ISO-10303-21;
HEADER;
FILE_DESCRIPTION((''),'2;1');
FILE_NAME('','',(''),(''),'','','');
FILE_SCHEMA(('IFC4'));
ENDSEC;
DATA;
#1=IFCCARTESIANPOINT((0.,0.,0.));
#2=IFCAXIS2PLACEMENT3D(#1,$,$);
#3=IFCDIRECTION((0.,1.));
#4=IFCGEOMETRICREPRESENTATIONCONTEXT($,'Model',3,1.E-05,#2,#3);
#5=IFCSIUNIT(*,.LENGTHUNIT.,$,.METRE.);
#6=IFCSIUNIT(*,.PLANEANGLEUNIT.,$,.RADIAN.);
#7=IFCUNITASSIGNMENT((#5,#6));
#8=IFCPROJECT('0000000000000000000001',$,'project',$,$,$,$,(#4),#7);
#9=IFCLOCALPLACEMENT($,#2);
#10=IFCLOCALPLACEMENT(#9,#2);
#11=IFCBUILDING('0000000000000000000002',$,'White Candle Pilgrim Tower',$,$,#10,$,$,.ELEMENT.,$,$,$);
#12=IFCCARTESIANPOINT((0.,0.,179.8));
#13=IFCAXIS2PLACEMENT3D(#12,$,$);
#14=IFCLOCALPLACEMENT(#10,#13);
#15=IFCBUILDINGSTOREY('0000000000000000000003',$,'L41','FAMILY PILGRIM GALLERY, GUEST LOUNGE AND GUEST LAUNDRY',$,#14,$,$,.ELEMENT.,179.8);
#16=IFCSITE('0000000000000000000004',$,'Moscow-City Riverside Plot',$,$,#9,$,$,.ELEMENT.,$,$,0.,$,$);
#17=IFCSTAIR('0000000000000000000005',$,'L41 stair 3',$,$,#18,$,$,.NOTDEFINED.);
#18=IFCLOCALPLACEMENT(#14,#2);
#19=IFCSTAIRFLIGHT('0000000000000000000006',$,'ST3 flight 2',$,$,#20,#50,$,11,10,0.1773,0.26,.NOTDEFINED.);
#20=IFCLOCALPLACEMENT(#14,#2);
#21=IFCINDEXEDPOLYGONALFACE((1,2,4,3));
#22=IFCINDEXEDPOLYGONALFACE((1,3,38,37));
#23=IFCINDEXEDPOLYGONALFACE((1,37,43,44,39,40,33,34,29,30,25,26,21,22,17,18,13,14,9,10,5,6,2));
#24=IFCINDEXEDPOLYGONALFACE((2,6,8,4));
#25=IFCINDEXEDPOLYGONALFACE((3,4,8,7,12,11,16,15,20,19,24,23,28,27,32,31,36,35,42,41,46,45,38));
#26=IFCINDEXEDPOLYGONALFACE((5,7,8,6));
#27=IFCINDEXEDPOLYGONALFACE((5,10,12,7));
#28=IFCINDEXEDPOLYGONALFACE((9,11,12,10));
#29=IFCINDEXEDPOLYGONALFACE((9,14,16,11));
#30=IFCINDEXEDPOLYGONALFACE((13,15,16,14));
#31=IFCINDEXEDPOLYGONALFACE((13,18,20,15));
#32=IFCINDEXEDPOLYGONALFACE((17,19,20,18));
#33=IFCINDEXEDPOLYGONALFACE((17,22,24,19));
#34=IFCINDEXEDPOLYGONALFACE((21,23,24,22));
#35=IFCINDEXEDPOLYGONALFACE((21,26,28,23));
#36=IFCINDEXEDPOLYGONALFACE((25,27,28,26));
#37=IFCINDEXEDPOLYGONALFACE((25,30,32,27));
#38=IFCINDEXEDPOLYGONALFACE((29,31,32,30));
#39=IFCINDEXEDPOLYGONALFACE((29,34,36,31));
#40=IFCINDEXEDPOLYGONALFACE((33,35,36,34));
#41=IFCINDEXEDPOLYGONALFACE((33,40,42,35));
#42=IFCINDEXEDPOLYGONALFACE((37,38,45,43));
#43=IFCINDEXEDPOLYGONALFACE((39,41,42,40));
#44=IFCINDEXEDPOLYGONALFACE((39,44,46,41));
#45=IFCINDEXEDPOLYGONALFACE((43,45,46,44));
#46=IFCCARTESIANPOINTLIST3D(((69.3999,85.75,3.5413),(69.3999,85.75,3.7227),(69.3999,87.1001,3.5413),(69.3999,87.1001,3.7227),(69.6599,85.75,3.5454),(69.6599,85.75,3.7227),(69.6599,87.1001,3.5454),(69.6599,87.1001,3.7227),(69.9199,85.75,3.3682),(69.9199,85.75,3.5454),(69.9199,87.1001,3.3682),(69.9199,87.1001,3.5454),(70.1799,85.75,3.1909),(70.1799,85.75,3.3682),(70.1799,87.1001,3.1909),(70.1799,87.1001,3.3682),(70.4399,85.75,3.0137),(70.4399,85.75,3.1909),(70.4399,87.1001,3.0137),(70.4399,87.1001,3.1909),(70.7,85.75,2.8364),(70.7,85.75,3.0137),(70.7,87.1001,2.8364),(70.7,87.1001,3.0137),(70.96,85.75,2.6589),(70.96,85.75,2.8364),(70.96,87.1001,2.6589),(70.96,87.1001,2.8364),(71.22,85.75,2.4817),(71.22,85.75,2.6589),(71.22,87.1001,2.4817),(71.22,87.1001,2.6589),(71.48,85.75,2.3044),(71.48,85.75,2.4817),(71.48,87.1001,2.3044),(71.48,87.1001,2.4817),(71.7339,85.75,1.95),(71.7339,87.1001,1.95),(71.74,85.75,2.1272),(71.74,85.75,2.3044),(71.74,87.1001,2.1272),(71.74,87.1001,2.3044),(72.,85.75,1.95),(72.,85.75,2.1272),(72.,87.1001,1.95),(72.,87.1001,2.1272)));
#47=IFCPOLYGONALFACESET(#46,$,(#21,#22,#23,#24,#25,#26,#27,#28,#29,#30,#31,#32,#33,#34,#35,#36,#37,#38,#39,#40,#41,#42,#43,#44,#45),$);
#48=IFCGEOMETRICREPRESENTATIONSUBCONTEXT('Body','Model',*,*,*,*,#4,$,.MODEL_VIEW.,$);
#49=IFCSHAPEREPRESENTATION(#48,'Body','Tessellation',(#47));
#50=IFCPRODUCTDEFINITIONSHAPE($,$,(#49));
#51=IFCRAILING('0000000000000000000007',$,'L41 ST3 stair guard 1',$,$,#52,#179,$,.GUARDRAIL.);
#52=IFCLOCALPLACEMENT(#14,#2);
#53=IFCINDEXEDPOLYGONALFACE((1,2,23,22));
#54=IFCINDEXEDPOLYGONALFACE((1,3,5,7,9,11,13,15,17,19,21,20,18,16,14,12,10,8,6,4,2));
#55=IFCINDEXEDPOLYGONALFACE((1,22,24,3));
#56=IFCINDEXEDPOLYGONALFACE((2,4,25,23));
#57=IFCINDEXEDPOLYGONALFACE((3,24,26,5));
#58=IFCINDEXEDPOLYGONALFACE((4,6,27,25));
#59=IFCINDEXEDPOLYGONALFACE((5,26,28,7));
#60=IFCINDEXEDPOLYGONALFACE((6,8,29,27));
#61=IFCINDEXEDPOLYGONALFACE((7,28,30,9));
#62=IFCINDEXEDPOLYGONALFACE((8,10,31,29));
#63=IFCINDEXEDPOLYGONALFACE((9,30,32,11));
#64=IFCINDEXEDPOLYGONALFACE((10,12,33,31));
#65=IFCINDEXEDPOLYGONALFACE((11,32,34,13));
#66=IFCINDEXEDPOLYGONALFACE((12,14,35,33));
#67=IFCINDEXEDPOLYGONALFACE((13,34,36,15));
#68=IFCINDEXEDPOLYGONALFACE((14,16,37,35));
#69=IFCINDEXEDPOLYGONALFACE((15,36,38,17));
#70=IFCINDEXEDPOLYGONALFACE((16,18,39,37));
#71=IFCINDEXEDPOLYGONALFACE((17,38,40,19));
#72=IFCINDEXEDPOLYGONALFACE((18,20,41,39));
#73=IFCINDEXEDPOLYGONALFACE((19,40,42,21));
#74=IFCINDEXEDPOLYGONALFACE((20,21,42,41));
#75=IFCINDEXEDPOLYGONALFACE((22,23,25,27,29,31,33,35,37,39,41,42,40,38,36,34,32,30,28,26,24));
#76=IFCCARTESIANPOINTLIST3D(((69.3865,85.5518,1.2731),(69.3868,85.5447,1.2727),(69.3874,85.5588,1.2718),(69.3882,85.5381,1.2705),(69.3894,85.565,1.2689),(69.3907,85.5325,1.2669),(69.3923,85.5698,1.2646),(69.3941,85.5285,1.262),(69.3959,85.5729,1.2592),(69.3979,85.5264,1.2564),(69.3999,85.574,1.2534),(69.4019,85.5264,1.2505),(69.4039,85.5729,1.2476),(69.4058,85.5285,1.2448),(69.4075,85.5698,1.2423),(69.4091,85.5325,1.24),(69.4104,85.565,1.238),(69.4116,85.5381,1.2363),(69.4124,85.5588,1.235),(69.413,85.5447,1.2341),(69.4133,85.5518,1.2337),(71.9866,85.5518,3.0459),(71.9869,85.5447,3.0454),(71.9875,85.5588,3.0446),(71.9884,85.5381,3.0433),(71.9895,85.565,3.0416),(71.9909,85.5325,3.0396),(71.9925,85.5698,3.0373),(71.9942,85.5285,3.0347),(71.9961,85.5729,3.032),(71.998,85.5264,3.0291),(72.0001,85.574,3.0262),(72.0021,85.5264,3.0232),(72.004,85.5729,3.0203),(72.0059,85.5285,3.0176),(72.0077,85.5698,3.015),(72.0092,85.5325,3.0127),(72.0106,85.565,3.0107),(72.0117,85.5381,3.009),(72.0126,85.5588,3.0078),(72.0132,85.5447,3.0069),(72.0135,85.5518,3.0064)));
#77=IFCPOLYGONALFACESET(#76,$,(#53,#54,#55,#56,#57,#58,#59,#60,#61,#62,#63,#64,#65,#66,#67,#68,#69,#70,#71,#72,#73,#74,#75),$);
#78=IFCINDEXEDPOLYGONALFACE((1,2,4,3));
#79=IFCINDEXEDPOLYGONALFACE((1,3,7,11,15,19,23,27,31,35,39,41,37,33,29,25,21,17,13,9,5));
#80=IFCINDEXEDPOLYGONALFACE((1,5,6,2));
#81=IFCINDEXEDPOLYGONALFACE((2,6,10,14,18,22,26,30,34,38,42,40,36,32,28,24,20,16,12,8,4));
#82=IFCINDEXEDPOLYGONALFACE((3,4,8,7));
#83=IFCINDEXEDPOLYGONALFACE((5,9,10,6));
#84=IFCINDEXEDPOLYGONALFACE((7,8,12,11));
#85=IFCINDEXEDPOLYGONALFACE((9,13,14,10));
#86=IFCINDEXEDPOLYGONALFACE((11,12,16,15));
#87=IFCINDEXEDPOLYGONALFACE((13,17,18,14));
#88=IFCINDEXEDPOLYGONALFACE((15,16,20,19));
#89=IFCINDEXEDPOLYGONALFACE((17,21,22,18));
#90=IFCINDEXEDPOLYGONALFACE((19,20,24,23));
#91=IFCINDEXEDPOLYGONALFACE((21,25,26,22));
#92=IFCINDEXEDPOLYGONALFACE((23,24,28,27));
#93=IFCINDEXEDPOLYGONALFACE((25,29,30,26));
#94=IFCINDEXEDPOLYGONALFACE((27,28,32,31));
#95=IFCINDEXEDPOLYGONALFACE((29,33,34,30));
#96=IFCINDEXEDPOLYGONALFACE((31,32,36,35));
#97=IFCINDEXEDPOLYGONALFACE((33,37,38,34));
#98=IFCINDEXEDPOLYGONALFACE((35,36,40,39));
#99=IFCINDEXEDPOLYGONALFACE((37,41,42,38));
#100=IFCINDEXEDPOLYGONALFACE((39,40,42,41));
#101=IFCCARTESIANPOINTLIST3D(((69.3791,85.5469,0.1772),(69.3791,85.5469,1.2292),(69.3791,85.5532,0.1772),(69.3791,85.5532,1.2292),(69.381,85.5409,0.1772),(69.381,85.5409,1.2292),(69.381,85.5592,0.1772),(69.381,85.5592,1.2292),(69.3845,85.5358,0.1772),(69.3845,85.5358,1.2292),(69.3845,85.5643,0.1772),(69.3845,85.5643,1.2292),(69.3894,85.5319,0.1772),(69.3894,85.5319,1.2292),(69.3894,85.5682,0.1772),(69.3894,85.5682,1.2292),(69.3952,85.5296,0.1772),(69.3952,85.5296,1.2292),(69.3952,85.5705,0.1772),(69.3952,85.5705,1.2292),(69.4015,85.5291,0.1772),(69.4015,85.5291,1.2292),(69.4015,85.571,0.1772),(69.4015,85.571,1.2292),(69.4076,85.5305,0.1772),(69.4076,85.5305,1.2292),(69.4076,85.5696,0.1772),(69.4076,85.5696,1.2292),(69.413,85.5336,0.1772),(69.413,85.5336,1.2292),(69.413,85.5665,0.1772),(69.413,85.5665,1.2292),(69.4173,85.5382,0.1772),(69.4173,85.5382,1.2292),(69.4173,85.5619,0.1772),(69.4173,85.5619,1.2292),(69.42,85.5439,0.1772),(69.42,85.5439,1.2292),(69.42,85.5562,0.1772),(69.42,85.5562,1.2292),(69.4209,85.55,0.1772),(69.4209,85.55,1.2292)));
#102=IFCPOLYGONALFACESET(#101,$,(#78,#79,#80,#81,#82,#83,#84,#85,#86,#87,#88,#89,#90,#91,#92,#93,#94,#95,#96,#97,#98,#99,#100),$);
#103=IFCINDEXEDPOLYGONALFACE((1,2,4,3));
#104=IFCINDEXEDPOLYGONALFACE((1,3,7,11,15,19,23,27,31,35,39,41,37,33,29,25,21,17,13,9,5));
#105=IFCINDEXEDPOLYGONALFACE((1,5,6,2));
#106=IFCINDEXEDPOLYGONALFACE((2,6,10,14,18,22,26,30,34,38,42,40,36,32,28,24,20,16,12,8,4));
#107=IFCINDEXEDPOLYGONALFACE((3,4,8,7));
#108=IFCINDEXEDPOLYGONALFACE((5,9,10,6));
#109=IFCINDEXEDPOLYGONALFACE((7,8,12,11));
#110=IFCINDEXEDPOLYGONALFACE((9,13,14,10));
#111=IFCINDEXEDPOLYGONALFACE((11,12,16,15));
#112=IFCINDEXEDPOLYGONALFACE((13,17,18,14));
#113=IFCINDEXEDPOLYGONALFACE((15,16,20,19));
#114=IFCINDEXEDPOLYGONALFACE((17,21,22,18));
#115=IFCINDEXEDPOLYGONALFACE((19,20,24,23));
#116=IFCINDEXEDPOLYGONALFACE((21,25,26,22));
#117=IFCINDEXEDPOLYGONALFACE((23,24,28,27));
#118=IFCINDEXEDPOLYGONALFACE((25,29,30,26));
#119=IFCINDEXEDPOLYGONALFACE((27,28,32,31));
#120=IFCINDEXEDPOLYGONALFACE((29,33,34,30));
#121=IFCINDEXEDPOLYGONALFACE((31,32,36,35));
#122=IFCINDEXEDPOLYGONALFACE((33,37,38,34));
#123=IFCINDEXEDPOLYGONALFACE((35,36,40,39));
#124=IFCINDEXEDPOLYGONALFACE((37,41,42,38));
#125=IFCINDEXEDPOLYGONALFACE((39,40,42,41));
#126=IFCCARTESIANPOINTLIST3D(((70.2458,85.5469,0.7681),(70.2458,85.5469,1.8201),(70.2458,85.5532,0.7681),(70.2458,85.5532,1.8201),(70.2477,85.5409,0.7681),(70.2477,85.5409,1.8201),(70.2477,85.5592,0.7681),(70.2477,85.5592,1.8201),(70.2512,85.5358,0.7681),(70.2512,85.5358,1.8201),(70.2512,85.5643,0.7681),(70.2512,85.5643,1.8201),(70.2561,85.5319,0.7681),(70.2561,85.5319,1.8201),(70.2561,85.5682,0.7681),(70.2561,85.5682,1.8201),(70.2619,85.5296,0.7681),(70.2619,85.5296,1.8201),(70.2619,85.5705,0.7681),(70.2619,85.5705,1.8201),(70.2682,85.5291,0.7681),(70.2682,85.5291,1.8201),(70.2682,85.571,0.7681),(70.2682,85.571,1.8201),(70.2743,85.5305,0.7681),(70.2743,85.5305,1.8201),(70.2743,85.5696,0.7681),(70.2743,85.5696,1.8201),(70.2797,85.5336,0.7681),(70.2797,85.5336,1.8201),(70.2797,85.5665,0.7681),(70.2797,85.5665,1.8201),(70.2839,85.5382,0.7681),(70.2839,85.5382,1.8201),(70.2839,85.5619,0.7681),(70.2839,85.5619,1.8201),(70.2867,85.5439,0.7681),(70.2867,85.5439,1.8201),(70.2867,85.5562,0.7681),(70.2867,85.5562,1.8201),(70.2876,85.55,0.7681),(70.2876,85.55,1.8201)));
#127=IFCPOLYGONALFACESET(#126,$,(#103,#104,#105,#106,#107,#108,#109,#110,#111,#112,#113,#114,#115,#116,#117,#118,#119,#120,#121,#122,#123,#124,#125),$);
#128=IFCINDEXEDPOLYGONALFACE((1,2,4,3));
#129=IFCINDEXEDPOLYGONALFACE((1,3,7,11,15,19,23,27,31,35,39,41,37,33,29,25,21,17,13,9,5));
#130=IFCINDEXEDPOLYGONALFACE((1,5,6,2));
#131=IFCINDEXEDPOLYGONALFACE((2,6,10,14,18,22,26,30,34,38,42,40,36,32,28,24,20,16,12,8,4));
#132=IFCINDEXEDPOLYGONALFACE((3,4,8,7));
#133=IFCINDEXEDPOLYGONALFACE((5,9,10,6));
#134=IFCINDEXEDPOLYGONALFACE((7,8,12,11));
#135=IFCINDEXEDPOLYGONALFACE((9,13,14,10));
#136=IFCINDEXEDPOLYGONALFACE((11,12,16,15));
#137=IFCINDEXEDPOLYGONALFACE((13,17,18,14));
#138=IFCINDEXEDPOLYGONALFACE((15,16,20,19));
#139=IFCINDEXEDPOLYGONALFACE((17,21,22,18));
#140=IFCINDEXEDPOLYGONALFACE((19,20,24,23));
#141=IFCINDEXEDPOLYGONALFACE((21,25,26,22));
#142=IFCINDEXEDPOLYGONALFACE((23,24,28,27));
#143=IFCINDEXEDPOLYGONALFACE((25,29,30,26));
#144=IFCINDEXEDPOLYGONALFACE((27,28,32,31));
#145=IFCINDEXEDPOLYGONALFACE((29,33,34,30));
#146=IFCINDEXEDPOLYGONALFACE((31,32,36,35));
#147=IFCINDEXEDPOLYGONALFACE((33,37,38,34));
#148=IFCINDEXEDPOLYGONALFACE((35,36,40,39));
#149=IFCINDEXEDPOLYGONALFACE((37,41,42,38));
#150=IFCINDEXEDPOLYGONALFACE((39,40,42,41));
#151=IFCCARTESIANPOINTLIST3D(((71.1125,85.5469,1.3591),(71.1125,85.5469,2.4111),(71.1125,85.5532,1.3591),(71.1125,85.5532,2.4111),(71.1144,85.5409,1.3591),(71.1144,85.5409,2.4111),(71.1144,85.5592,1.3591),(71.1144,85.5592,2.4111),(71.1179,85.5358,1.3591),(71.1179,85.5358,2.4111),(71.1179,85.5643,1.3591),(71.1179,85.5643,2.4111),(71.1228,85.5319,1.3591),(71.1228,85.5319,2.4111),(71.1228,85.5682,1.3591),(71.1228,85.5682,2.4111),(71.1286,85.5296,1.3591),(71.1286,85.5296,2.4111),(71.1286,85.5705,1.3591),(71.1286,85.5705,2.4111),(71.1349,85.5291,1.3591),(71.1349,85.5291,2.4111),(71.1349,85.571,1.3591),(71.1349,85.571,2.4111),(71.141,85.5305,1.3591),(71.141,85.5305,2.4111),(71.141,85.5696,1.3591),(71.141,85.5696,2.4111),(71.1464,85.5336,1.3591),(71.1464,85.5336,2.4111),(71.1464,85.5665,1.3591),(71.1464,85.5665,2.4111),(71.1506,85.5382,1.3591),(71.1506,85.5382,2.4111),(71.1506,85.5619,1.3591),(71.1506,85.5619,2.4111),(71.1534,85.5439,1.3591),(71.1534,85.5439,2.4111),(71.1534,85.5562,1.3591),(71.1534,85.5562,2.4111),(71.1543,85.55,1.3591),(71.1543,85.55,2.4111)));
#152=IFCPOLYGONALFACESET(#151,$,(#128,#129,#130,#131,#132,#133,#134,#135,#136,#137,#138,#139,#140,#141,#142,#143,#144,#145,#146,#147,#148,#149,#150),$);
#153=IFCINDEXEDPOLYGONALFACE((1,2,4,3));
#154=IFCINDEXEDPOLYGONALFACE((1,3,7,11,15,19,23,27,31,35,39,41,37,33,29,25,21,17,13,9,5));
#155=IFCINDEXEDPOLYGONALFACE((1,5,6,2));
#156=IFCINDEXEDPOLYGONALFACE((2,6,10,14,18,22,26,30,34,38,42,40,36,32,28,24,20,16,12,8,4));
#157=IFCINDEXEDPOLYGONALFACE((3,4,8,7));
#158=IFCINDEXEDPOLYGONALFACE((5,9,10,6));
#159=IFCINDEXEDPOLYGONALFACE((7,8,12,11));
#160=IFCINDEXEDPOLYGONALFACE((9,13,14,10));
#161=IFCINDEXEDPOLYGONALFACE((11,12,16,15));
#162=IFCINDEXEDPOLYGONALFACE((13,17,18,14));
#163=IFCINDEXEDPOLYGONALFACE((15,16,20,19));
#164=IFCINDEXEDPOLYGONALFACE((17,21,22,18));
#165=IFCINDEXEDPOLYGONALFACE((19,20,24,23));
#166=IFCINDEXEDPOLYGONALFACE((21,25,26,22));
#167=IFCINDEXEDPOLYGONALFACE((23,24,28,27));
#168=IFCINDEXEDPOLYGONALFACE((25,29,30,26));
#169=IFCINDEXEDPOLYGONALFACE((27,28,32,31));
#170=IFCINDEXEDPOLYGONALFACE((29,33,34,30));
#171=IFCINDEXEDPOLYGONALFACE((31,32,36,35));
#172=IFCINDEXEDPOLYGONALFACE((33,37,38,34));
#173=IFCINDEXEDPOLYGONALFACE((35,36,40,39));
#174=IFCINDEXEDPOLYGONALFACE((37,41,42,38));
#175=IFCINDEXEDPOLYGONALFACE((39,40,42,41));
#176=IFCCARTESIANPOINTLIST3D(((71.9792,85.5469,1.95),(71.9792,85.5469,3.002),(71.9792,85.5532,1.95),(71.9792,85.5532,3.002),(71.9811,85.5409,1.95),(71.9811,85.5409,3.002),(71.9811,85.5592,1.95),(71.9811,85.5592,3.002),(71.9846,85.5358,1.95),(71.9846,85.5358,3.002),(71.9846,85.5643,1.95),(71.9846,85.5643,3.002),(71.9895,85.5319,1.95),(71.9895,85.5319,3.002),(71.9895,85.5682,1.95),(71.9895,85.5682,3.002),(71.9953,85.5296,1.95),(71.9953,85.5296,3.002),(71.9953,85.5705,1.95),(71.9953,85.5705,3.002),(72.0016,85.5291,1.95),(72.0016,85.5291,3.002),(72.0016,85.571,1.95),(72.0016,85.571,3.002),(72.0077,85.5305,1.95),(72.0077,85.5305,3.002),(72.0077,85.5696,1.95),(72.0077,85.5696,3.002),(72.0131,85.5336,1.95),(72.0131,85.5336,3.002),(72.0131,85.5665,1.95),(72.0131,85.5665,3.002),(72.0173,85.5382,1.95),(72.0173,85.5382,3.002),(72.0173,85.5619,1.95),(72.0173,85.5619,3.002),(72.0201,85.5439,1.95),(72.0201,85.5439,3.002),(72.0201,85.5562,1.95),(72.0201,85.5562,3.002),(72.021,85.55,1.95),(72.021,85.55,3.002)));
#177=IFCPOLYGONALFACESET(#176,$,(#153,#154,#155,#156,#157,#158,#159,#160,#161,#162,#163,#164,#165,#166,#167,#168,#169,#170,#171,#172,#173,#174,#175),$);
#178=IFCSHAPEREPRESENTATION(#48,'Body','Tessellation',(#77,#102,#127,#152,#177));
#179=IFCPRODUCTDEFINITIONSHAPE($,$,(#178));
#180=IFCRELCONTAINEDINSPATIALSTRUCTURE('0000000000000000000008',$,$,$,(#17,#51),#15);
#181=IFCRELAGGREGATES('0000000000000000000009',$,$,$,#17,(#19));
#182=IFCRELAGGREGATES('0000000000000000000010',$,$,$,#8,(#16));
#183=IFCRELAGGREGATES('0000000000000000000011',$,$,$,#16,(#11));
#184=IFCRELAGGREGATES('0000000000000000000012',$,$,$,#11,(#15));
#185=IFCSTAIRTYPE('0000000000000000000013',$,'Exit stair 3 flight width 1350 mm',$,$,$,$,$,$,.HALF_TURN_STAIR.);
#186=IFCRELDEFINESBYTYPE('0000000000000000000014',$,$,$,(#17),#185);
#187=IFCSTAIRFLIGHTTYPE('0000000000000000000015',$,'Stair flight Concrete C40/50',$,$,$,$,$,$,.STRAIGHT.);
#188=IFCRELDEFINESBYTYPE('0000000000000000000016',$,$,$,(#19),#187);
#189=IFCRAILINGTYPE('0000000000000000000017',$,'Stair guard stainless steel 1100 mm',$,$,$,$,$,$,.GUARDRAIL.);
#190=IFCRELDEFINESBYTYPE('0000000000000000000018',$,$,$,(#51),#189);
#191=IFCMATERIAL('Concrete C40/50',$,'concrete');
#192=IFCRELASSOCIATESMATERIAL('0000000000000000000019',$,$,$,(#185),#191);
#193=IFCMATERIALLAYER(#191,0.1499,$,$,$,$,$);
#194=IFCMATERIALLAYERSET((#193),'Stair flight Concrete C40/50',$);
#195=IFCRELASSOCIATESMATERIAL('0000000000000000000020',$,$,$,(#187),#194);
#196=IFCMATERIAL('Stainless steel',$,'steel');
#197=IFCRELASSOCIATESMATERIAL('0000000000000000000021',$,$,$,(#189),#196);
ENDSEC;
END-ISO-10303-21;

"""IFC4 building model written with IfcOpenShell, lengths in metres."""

from ifc_helpers import new_model, si_unit, direction, frame, origin, origin_2d, place, context, subcontext, project, spatial, polyline, circle, outline, extrude, material, layer, layer_set, type_object, element, aggregate, save


model = new_model("IFC4")

# Units and contexts
model_context = context("Model", 3, precision=1e-05, world=origin(), true_north=direction((0.0, 1.0)))
body_context = subcontext(model_context, "Body", "Model", "MODEL_VIEW")
ifc_project = project(units=[si_unit("LENGTHUNIT", "METRE"), si_unit("PLANEANGLEUNIT", "RADIAN")], contexts=[model_context])

# Site, building, storey
site_placement = place(None, origin())
site = spatial("IfcSite", under=ifc_project, at=site_placement, Name="Moscow-City Riverside Plot", CompositionType="ELEMENT", RefElevation=0.0)
building_placement = place(site_placement, origin())
building = spatial("IfcBuilding", under=site, at=building_placement, Name="White Candle Pilgrim Tower", CompositionType="ELEMENT")
storey_placement = place(building_placement, frame((0.0, 0.0, 179.8)))
storey = spatial("IfcBuildingStorey", under=building, at=storey_placement, Name="L41", Description="FAMILY PILGRIM GALLERY, GUEST LOUNGE AND GUEST LAUNDRY", CompositionType="ELEMENT", Elevation=179.8)

# Stair, stair flight
ifc_material_1 = material(Name="Concrete C40/50", Category="concrete")
stair_type = type_object("IfcStairType", Name="Exit stair 3 flight width 1350 mm", PredefinedType="HALF_TURN_STAIR", material=ifc_material_1)
stair_placement = place(storey_placement, origin())
stair = element("IfcStair", 1, at=stair_placement, inside=storey, type_object=stair_type, Name="L41 stair 3", PredefinedType="NOTDEFINED")
ifc_layer_1 = layer(ifc_material_1, 0.1499)
ifc_layer_set_1 = layer_set([ifc_layer_1], Name="Stair flight Concrete C40/50")
stair_flight_type = type_object("IfcStairFlightType", Name="Stair flight Concrete C40/50", PredefinedType="STRAIGHT", material=ifc_layer_set_1)
stair_flight_1_placement = place(storey_placement, frame((72.0, 86.425, 1.95), z_axis=(0.0, 0.0, 1.0), x_axis=(-1.0, 0.0, 0.0)))
stair_flight_1 = element("IfcStairFlight", 2, at=stair_flight_1_placement, type_object=stair_flight_type, Name="ST3 flight 2", NumberOfRisers=11, NumberOfTreads=10, PredefinedType="NOTDEFINED", RiserHeight=0.1773, TreadLength=0.26, context=body_context, shape_type="SweptSolid", body=[
    extrude(outline(polyline([(0.0, 0.0), (0.0, 0.1772), (0.26, 0.1772), (0.26, 0.3545), (0.52, 0.3545), (0.52, 0.5317), (0.78, 0.5317), (0.78, 0.709), (1.04, 0.709), (1.04, 0.8865), (1.3, 0.8865), (1.3, 1.0637), (1.5601, 1.0637), (1.5601, 1.241), (1.8201, 1.241), (1.8201, 1.4182), (2.0801, 1.4182), (2.0801, 1.5955), (2.3401, 1.5955), (2.3401, 1.7727), (2.6001, 1.7727), (2.6001, 1.95), (2.6001, 1.5913), (0.2661, 0.0), (0.0, 0.0)])), frame((0.0, 0.675, 0.0), z_axis=(0.0, -1.0, 0.0), x_axis=(1.0, 0.0, 0.0)), (0.0, 0.0, 1.0), 1.3501),
])
aggregate(stair, [stair_flight_1])

# Railing
ifc_material_2 = material(Name="Stainless steel", Category="steel")
railing_type_1 = type_object("IfcRailingType", Name="Stair guard stainless steel 1100 mm", PredefinedType="GUARDRAIL", material=ifc_material_2)
railing_1_placement = place(storey_placement, frame((69.3999, 85.55, 0.1772)))
element("IfcRailing", 3, at=railing_1_placement, inside=storey, type_object=railing_type_1, Name="L41 ST3 stair guard 1", PredefinedType="GUARDRAIL", context=body_context, shape_type="SweptSolid", body=[
    extrude(circle(Radius=0.0239, at=origin_2d()), frame((0.0, 0.0, 1.0762), z_axis=(0.82624, 0.0, 0.563318), x_axis=(0.0, 1.0, 0.0)), (0.0, 0.0, 1.0), 3.147),
    extrude(circle(Radius=0.021, at=origin_2d()), origin(), (0.0, 0.0, 1.0), 1.052),
    extrude(circle(Radius=0.021, at=origin_2d()), frame((0.8667, 0.0, 0.5908)), (0.0, 0.0, 1.0), 1.052),
    extrude(circle(Radius=0.021, at=origin_2d()), frame((1.7334, 0.0, 1.1819)), (0.0, 0.0, 1.0), 1.052),
    extrude(circle(Radius=0.021, at=origin_2d()), frame((2.6001, 0.0, 1.7727)), (0.0, 0.0, 1.0), 1.052),
])

save(model, "model.ifc")
